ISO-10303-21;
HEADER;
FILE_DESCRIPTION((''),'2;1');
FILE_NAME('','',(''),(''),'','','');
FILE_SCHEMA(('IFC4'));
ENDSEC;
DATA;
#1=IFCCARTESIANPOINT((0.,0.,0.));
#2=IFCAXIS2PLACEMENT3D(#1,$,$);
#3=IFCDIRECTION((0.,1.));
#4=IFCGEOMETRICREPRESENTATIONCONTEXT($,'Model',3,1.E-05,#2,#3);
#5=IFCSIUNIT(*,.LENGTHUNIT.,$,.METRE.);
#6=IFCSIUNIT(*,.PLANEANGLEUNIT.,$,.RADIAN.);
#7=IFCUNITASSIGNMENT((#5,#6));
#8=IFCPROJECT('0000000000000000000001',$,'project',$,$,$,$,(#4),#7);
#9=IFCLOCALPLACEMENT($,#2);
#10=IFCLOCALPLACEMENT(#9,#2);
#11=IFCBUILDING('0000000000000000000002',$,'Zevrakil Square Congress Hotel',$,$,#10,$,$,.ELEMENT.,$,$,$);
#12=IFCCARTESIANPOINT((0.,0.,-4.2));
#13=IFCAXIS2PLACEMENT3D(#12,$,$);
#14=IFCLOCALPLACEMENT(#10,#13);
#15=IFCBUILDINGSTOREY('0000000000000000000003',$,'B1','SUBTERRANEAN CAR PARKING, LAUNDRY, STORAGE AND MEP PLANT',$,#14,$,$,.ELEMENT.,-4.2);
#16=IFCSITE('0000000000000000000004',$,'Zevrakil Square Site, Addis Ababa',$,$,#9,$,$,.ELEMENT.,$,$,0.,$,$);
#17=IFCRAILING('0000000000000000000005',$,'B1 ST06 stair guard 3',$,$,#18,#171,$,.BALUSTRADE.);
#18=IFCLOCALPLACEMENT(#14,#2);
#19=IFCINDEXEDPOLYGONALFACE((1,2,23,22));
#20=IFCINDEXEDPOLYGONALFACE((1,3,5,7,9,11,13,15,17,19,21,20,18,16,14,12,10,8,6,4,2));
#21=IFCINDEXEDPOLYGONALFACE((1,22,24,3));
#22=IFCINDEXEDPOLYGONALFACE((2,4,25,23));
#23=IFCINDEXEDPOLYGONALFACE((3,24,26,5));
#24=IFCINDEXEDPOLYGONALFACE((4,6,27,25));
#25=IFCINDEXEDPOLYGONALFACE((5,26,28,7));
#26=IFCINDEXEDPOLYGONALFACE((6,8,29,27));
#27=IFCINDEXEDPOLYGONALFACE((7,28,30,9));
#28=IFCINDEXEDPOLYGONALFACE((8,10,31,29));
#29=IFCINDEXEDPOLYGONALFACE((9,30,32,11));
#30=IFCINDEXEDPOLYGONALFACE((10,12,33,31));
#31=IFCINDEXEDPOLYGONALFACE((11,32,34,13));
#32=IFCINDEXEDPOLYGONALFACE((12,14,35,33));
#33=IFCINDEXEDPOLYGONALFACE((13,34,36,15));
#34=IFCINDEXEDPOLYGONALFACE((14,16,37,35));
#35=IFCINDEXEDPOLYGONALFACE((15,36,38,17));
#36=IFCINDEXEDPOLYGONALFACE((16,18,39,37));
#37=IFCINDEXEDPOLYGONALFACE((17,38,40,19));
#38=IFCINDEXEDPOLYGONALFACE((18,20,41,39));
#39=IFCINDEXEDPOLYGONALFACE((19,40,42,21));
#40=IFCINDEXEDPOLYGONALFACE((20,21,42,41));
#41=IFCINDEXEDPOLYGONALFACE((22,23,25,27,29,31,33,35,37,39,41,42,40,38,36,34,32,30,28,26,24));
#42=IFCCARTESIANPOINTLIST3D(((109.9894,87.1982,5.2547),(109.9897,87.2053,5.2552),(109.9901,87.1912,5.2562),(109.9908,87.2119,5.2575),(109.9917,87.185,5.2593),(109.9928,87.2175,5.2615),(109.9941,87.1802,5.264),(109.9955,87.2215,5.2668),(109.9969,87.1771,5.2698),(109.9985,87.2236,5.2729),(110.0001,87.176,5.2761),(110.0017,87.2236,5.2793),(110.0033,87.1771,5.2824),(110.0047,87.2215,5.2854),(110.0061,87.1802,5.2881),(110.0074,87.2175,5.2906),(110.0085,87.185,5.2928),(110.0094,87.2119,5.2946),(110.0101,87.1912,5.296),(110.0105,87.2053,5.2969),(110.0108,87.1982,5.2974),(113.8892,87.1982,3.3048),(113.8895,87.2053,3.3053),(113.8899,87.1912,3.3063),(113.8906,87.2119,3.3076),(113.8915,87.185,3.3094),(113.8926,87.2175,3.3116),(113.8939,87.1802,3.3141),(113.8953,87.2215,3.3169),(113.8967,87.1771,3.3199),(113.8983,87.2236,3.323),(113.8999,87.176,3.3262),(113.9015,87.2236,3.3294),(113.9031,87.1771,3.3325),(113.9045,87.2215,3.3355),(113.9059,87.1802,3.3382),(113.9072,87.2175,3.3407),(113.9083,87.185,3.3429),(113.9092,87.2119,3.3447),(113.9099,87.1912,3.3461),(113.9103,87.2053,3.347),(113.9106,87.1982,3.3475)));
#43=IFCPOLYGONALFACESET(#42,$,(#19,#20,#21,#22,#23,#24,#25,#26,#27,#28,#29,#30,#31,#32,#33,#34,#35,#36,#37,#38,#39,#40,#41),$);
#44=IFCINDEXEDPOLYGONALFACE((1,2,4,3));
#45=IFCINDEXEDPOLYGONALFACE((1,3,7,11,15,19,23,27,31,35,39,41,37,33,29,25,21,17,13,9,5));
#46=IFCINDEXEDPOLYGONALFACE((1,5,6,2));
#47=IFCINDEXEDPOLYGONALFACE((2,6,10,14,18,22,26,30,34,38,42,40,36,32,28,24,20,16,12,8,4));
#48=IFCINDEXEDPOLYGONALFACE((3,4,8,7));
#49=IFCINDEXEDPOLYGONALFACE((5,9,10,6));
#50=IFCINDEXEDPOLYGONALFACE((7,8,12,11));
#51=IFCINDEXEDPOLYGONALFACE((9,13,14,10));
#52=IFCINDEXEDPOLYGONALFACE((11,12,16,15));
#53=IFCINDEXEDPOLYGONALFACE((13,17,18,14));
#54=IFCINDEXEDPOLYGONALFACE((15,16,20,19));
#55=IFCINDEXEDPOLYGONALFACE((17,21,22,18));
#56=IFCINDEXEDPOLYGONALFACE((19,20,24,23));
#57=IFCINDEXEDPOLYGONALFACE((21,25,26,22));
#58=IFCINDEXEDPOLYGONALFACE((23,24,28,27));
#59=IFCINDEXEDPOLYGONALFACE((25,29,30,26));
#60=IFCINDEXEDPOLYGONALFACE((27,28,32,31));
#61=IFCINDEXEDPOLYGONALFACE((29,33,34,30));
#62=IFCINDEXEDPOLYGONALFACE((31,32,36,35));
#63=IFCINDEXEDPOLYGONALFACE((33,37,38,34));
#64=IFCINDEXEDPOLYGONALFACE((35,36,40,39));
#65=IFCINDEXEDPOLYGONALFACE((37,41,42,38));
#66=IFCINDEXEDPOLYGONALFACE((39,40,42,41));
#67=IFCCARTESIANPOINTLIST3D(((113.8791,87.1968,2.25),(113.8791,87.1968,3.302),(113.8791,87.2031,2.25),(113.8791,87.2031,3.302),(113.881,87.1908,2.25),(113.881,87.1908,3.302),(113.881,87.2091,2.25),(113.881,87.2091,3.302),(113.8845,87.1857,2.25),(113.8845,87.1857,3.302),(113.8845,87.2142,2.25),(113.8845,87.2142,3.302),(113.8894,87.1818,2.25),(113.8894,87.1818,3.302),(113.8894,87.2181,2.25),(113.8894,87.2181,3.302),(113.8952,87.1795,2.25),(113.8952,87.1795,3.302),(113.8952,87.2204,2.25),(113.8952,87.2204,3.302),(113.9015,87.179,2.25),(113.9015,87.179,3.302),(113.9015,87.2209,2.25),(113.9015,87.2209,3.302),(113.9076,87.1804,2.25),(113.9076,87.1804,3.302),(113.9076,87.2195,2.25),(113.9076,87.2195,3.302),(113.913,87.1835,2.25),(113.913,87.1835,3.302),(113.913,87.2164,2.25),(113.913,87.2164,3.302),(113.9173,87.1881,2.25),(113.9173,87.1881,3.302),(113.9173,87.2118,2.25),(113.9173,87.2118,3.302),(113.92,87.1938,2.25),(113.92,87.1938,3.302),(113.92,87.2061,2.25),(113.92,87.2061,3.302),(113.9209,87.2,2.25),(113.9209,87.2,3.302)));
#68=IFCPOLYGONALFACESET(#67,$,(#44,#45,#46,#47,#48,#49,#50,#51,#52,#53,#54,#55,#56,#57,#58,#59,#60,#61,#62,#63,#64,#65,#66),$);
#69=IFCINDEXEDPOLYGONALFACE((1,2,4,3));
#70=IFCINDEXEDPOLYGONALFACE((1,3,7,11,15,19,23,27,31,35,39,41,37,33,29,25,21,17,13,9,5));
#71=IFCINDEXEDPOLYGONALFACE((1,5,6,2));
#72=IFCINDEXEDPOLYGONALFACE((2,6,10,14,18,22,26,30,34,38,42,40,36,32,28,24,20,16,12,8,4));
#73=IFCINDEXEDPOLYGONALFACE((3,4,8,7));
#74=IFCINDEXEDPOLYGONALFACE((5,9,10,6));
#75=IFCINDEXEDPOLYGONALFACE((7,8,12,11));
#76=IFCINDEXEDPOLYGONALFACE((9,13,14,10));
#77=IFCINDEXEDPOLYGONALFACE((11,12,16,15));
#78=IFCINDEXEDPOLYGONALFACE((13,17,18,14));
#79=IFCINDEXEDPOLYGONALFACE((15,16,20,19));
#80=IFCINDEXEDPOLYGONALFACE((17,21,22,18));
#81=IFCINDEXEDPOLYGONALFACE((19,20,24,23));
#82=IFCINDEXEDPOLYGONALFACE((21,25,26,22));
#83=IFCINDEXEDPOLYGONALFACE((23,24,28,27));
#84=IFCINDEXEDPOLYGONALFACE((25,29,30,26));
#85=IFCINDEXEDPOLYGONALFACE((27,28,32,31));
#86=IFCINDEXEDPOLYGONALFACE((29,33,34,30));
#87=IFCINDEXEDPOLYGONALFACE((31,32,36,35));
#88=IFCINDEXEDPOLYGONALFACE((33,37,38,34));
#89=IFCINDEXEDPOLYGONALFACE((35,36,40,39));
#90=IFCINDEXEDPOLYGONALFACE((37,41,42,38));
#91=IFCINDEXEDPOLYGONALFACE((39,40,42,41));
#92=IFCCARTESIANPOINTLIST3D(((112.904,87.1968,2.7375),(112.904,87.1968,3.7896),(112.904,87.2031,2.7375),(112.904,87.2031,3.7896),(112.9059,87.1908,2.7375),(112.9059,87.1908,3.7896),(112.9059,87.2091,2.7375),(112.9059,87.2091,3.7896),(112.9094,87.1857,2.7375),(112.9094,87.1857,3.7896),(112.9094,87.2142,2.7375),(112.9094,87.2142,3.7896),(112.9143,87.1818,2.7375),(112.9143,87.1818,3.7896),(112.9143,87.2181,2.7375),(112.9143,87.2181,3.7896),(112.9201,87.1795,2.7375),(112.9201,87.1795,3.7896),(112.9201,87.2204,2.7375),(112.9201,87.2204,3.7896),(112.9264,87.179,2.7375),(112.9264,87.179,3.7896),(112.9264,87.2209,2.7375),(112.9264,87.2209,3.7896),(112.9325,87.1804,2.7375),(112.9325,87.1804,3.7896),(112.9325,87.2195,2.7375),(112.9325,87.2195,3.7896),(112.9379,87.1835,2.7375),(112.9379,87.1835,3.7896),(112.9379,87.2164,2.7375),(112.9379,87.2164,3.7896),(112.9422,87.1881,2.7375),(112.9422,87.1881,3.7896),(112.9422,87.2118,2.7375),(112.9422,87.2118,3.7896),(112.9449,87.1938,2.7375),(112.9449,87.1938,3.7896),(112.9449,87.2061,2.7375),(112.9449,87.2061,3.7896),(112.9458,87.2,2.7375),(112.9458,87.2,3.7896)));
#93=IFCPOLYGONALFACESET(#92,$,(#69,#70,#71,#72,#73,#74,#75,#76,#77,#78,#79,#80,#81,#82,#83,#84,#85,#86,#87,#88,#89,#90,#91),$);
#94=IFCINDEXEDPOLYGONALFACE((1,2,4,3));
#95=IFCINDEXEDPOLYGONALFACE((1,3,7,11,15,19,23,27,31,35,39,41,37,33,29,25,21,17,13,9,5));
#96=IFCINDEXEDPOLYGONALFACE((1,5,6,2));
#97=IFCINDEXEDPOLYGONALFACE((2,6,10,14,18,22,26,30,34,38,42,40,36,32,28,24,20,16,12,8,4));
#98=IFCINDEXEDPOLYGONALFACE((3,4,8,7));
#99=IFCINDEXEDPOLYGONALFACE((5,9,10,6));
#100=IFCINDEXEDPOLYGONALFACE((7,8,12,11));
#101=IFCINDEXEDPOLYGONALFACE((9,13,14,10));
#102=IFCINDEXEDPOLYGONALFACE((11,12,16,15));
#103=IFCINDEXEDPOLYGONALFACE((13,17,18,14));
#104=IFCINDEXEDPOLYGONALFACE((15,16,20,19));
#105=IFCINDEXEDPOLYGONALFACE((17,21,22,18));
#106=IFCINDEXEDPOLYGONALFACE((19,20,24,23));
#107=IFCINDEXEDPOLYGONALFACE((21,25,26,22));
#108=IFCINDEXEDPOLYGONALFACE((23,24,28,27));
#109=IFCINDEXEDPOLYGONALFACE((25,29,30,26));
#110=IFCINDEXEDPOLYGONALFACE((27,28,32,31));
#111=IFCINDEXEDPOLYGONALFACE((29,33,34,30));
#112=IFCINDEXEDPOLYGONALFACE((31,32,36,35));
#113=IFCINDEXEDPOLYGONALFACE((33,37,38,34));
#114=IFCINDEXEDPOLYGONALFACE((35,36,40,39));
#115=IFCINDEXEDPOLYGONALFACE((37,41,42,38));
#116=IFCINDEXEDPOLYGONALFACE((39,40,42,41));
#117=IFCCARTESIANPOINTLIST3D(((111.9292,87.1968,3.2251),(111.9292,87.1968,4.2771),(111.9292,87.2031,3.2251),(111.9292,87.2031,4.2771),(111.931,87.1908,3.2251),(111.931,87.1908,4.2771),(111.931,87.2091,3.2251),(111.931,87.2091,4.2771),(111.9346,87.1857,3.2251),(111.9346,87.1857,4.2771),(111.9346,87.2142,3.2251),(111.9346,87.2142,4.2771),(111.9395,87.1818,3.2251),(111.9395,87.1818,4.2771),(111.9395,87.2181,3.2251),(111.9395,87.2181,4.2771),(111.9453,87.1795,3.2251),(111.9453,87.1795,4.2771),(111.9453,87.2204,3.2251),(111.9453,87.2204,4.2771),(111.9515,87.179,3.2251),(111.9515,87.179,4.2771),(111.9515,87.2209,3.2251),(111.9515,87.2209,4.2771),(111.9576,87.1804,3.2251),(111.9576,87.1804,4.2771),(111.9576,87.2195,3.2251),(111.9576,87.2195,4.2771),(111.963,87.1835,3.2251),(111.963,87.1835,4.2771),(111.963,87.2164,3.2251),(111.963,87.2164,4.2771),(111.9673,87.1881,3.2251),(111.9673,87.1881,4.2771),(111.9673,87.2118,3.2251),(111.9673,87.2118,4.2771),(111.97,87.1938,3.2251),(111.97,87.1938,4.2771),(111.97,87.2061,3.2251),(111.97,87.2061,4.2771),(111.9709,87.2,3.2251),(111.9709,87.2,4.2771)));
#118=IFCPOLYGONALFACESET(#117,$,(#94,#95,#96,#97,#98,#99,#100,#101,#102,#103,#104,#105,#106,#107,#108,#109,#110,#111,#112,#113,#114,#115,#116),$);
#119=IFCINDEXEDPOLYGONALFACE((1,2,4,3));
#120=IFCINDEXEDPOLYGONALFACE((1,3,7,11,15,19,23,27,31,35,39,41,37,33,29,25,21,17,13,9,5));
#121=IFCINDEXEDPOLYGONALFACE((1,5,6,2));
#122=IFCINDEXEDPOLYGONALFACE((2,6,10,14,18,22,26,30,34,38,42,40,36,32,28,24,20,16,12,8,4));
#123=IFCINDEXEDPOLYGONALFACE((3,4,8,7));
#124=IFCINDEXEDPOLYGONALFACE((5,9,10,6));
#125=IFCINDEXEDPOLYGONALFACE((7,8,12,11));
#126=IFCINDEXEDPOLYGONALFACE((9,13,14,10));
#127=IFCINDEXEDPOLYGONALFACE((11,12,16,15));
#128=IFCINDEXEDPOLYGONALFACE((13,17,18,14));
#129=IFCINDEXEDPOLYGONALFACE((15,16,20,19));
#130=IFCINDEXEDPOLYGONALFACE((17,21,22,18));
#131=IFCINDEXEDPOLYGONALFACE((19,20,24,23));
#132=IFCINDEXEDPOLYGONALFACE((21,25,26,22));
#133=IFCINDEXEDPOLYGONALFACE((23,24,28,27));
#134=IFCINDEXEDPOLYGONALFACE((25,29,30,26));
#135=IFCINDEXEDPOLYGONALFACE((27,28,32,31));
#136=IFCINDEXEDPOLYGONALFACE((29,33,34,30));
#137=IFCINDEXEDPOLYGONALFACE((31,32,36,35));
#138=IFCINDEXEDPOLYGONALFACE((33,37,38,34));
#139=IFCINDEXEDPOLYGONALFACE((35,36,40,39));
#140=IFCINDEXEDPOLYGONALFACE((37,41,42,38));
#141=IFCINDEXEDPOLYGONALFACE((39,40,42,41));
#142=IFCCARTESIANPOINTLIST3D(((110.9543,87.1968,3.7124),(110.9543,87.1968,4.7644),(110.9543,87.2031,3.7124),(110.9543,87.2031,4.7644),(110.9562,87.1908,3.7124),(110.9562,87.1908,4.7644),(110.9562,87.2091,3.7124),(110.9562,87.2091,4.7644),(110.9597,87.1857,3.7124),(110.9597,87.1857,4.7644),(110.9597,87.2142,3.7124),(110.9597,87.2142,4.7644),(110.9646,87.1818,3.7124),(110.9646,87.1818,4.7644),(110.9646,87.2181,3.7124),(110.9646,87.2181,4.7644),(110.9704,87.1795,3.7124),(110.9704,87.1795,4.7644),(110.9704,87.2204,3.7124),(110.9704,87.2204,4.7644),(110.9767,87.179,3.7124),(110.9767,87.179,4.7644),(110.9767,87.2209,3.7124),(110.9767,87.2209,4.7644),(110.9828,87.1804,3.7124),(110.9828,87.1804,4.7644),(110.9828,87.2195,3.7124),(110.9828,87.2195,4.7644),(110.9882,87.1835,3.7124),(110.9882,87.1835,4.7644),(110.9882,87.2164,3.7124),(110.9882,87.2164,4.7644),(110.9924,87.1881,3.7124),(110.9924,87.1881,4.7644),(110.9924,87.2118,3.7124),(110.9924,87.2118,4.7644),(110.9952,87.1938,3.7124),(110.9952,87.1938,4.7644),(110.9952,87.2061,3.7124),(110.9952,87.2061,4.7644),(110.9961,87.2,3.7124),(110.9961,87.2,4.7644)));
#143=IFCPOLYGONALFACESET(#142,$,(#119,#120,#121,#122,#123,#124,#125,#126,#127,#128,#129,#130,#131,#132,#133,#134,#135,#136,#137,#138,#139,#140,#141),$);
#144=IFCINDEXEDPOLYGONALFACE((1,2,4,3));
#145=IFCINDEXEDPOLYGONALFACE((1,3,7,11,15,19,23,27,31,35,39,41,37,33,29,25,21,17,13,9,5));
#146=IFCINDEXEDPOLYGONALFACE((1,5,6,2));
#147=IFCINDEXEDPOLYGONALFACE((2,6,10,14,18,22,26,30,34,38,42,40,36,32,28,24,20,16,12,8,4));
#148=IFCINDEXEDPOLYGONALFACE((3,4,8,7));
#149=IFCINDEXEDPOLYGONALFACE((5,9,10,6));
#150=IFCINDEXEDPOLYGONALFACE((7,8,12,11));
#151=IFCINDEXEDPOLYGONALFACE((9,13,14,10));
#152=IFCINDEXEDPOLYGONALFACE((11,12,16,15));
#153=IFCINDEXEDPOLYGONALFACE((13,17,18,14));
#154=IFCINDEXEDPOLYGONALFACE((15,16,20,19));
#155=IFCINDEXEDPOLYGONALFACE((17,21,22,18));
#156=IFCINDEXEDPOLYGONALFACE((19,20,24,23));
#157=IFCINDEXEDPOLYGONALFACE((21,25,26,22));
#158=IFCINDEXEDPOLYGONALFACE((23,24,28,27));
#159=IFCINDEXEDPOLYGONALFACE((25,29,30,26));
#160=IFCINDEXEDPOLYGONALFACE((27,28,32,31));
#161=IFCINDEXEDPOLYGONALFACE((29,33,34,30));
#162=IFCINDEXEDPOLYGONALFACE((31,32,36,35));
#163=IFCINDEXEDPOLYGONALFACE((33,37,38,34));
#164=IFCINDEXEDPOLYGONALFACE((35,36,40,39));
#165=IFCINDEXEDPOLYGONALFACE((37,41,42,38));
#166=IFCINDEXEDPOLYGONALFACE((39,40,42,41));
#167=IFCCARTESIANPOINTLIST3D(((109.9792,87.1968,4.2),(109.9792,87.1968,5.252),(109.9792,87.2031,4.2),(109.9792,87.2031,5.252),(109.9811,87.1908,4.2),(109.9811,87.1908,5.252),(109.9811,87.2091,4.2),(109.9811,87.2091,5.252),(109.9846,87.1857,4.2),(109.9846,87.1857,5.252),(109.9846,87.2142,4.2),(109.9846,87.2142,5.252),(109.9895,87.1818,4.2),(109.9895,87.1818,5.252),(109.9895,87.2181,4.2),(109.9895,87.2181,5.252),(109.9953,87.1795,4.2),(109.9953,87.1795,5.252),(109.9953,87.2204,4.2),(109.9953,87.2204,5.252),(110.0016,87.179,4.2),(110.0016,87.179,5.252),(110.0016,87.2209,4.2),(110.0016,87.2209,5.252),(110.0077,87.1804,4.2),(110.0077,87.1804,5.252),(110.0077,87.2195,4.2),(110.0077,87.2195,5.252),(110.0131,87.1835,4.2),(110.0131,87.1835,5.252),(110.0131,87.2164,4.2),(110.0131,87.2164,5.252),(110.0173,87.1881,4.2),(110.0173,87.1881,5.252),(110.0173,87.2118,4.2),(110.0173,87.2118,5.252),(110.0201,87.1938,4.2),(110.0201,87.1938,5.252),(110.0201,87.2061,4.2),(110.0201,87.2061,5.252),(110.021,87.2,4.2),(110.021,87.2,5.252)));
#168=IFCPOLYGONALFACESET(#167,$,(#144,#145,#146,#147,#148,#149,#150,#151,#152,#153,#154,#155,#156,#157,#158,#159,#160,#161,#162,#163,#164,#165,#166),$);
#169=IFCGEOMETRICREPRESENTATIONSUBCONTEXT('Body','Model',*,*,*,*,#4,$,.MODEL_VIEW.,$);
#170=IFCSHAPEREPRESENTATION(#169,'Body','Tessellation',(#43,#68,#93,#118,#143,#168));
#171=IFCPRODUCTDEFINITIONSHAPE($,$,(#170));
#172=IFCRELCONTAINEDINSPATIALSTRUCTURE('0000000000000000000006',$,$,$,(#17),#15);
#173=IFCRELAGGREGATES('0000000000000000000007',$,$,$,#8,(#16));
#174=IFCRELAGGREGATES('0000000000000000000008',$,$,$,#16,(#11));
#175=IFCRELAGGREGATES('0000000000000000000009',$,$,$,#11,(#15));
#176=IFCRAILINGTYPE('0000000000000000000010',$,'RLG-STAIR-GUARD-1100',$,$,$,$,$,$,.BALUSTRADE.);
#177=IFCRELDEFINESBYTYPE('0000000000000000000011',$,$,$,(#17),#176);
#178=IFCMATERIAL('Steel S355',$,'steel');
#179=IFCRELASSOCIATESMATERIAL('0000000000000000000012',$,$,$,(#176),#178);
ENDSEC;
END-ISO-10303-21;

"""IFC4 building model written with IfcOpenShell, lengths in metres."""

from ifc_helpers import new_model, si_unit, direction, frame, origin, origin_2d, place, context, subcontext, project, spatial, circle, extrude, material, type_object, element, save


model = new_model("IFC4")

# Units and contexts
model_context = context("Model", 3, precision=1e-05, world=origin(), true_north=direction((0.0, 1.0)))
body_context = subcontext(model_context, "Body", "Model", "MODEL_VIEW")
ifc_project = project(units=[si_unit("LENGTHUNIT", "METRE"), si_unit("PLANEANGLEUNIT", "RADIAN")], contexts=[model_context])

# Site, building, storey
site_placement = place(None, origin())
site = spatial("IfcSite", under=ifc_project, at=site_placement, Name="Zevrakil Square Site, Addis Ababa", CompositionType="ELEMENT", RefElevation=0.0)
building_placement = place(site_placement, origin())
building = spatial("IfcBuilding", under=site, at=building_placement, Name="Zevrakil Square Congress Hotel", CompositionType="ELEMENT")
storey_placement = place(building_placement, frame((0.0, 0.0, -4.2)))
storey = spatial("IfcBuildingStorey", under=building, at=storey_placement, Name="B1", Description="SUBTERRANEAN CAR PARKING, LAUNDRY, STORAGE AND MEP PLANT", CompositionType="ELEMENT", Elevation=-4.2)

# Railing
ifc_material_1 = material(Name="Steel S355", Category="steel")
railing_type_1 = type_object("IfcRailingType", Name="RLG-STAIR-GUARD-1100", PredefinedType="BALUSTRADE", material=ifc_material_1)
railing_1_placement = place(storey_placement, frame((113.8999, 87.2, 2.25)))
element("IfcRailing", 1, at=railing_1_placement, inside=storey, type_object=railing_type_1, Name="B1 ST06 stair guard 3", PredefinedType="BALUSTRADE", context=body_context, shape_type="SweptSolid", body=[
    extrude(circle(Radius=0.0239, at=origin_2d()), frame((0.0, 0.0, 1.0762), z_axis=(-0.894427, 0.0, 0.447214), x_axis=(0.0, -1.0, 0.0)), (0.0, 0.0, 1.0), 4.3601),
    extrude(circle(Radius=0.021, at=origin_2d()), origin(), (0.0, 0.0, 1.0), 1.052),
    extrude(circle(Radius=0.021, at=origin_2d()), frame((-0.9751, 0.0, 0.4875)), (0.0, 0.0, 1.0), 1.052),
    extrude(circle(Radius=0.021, at=origin_2d()), frame((-1.95, 0.0, 0.9751)), (0.0, 0.0, 1.0), 1.052),
    extrude(circle(Radius=0.021, at=origin_2d()), frame((-2.9248, 0.0, 1.4624)), (0.0, 0.0, 1.0), 1.052),
    extrude(circle(Radius=0.021, at=origin_2d()), frame((-3.8999, 0.0, 1.95)), (0.0, 0.0, 1.0), 1.052),
])

save(model, "model.ifc")
